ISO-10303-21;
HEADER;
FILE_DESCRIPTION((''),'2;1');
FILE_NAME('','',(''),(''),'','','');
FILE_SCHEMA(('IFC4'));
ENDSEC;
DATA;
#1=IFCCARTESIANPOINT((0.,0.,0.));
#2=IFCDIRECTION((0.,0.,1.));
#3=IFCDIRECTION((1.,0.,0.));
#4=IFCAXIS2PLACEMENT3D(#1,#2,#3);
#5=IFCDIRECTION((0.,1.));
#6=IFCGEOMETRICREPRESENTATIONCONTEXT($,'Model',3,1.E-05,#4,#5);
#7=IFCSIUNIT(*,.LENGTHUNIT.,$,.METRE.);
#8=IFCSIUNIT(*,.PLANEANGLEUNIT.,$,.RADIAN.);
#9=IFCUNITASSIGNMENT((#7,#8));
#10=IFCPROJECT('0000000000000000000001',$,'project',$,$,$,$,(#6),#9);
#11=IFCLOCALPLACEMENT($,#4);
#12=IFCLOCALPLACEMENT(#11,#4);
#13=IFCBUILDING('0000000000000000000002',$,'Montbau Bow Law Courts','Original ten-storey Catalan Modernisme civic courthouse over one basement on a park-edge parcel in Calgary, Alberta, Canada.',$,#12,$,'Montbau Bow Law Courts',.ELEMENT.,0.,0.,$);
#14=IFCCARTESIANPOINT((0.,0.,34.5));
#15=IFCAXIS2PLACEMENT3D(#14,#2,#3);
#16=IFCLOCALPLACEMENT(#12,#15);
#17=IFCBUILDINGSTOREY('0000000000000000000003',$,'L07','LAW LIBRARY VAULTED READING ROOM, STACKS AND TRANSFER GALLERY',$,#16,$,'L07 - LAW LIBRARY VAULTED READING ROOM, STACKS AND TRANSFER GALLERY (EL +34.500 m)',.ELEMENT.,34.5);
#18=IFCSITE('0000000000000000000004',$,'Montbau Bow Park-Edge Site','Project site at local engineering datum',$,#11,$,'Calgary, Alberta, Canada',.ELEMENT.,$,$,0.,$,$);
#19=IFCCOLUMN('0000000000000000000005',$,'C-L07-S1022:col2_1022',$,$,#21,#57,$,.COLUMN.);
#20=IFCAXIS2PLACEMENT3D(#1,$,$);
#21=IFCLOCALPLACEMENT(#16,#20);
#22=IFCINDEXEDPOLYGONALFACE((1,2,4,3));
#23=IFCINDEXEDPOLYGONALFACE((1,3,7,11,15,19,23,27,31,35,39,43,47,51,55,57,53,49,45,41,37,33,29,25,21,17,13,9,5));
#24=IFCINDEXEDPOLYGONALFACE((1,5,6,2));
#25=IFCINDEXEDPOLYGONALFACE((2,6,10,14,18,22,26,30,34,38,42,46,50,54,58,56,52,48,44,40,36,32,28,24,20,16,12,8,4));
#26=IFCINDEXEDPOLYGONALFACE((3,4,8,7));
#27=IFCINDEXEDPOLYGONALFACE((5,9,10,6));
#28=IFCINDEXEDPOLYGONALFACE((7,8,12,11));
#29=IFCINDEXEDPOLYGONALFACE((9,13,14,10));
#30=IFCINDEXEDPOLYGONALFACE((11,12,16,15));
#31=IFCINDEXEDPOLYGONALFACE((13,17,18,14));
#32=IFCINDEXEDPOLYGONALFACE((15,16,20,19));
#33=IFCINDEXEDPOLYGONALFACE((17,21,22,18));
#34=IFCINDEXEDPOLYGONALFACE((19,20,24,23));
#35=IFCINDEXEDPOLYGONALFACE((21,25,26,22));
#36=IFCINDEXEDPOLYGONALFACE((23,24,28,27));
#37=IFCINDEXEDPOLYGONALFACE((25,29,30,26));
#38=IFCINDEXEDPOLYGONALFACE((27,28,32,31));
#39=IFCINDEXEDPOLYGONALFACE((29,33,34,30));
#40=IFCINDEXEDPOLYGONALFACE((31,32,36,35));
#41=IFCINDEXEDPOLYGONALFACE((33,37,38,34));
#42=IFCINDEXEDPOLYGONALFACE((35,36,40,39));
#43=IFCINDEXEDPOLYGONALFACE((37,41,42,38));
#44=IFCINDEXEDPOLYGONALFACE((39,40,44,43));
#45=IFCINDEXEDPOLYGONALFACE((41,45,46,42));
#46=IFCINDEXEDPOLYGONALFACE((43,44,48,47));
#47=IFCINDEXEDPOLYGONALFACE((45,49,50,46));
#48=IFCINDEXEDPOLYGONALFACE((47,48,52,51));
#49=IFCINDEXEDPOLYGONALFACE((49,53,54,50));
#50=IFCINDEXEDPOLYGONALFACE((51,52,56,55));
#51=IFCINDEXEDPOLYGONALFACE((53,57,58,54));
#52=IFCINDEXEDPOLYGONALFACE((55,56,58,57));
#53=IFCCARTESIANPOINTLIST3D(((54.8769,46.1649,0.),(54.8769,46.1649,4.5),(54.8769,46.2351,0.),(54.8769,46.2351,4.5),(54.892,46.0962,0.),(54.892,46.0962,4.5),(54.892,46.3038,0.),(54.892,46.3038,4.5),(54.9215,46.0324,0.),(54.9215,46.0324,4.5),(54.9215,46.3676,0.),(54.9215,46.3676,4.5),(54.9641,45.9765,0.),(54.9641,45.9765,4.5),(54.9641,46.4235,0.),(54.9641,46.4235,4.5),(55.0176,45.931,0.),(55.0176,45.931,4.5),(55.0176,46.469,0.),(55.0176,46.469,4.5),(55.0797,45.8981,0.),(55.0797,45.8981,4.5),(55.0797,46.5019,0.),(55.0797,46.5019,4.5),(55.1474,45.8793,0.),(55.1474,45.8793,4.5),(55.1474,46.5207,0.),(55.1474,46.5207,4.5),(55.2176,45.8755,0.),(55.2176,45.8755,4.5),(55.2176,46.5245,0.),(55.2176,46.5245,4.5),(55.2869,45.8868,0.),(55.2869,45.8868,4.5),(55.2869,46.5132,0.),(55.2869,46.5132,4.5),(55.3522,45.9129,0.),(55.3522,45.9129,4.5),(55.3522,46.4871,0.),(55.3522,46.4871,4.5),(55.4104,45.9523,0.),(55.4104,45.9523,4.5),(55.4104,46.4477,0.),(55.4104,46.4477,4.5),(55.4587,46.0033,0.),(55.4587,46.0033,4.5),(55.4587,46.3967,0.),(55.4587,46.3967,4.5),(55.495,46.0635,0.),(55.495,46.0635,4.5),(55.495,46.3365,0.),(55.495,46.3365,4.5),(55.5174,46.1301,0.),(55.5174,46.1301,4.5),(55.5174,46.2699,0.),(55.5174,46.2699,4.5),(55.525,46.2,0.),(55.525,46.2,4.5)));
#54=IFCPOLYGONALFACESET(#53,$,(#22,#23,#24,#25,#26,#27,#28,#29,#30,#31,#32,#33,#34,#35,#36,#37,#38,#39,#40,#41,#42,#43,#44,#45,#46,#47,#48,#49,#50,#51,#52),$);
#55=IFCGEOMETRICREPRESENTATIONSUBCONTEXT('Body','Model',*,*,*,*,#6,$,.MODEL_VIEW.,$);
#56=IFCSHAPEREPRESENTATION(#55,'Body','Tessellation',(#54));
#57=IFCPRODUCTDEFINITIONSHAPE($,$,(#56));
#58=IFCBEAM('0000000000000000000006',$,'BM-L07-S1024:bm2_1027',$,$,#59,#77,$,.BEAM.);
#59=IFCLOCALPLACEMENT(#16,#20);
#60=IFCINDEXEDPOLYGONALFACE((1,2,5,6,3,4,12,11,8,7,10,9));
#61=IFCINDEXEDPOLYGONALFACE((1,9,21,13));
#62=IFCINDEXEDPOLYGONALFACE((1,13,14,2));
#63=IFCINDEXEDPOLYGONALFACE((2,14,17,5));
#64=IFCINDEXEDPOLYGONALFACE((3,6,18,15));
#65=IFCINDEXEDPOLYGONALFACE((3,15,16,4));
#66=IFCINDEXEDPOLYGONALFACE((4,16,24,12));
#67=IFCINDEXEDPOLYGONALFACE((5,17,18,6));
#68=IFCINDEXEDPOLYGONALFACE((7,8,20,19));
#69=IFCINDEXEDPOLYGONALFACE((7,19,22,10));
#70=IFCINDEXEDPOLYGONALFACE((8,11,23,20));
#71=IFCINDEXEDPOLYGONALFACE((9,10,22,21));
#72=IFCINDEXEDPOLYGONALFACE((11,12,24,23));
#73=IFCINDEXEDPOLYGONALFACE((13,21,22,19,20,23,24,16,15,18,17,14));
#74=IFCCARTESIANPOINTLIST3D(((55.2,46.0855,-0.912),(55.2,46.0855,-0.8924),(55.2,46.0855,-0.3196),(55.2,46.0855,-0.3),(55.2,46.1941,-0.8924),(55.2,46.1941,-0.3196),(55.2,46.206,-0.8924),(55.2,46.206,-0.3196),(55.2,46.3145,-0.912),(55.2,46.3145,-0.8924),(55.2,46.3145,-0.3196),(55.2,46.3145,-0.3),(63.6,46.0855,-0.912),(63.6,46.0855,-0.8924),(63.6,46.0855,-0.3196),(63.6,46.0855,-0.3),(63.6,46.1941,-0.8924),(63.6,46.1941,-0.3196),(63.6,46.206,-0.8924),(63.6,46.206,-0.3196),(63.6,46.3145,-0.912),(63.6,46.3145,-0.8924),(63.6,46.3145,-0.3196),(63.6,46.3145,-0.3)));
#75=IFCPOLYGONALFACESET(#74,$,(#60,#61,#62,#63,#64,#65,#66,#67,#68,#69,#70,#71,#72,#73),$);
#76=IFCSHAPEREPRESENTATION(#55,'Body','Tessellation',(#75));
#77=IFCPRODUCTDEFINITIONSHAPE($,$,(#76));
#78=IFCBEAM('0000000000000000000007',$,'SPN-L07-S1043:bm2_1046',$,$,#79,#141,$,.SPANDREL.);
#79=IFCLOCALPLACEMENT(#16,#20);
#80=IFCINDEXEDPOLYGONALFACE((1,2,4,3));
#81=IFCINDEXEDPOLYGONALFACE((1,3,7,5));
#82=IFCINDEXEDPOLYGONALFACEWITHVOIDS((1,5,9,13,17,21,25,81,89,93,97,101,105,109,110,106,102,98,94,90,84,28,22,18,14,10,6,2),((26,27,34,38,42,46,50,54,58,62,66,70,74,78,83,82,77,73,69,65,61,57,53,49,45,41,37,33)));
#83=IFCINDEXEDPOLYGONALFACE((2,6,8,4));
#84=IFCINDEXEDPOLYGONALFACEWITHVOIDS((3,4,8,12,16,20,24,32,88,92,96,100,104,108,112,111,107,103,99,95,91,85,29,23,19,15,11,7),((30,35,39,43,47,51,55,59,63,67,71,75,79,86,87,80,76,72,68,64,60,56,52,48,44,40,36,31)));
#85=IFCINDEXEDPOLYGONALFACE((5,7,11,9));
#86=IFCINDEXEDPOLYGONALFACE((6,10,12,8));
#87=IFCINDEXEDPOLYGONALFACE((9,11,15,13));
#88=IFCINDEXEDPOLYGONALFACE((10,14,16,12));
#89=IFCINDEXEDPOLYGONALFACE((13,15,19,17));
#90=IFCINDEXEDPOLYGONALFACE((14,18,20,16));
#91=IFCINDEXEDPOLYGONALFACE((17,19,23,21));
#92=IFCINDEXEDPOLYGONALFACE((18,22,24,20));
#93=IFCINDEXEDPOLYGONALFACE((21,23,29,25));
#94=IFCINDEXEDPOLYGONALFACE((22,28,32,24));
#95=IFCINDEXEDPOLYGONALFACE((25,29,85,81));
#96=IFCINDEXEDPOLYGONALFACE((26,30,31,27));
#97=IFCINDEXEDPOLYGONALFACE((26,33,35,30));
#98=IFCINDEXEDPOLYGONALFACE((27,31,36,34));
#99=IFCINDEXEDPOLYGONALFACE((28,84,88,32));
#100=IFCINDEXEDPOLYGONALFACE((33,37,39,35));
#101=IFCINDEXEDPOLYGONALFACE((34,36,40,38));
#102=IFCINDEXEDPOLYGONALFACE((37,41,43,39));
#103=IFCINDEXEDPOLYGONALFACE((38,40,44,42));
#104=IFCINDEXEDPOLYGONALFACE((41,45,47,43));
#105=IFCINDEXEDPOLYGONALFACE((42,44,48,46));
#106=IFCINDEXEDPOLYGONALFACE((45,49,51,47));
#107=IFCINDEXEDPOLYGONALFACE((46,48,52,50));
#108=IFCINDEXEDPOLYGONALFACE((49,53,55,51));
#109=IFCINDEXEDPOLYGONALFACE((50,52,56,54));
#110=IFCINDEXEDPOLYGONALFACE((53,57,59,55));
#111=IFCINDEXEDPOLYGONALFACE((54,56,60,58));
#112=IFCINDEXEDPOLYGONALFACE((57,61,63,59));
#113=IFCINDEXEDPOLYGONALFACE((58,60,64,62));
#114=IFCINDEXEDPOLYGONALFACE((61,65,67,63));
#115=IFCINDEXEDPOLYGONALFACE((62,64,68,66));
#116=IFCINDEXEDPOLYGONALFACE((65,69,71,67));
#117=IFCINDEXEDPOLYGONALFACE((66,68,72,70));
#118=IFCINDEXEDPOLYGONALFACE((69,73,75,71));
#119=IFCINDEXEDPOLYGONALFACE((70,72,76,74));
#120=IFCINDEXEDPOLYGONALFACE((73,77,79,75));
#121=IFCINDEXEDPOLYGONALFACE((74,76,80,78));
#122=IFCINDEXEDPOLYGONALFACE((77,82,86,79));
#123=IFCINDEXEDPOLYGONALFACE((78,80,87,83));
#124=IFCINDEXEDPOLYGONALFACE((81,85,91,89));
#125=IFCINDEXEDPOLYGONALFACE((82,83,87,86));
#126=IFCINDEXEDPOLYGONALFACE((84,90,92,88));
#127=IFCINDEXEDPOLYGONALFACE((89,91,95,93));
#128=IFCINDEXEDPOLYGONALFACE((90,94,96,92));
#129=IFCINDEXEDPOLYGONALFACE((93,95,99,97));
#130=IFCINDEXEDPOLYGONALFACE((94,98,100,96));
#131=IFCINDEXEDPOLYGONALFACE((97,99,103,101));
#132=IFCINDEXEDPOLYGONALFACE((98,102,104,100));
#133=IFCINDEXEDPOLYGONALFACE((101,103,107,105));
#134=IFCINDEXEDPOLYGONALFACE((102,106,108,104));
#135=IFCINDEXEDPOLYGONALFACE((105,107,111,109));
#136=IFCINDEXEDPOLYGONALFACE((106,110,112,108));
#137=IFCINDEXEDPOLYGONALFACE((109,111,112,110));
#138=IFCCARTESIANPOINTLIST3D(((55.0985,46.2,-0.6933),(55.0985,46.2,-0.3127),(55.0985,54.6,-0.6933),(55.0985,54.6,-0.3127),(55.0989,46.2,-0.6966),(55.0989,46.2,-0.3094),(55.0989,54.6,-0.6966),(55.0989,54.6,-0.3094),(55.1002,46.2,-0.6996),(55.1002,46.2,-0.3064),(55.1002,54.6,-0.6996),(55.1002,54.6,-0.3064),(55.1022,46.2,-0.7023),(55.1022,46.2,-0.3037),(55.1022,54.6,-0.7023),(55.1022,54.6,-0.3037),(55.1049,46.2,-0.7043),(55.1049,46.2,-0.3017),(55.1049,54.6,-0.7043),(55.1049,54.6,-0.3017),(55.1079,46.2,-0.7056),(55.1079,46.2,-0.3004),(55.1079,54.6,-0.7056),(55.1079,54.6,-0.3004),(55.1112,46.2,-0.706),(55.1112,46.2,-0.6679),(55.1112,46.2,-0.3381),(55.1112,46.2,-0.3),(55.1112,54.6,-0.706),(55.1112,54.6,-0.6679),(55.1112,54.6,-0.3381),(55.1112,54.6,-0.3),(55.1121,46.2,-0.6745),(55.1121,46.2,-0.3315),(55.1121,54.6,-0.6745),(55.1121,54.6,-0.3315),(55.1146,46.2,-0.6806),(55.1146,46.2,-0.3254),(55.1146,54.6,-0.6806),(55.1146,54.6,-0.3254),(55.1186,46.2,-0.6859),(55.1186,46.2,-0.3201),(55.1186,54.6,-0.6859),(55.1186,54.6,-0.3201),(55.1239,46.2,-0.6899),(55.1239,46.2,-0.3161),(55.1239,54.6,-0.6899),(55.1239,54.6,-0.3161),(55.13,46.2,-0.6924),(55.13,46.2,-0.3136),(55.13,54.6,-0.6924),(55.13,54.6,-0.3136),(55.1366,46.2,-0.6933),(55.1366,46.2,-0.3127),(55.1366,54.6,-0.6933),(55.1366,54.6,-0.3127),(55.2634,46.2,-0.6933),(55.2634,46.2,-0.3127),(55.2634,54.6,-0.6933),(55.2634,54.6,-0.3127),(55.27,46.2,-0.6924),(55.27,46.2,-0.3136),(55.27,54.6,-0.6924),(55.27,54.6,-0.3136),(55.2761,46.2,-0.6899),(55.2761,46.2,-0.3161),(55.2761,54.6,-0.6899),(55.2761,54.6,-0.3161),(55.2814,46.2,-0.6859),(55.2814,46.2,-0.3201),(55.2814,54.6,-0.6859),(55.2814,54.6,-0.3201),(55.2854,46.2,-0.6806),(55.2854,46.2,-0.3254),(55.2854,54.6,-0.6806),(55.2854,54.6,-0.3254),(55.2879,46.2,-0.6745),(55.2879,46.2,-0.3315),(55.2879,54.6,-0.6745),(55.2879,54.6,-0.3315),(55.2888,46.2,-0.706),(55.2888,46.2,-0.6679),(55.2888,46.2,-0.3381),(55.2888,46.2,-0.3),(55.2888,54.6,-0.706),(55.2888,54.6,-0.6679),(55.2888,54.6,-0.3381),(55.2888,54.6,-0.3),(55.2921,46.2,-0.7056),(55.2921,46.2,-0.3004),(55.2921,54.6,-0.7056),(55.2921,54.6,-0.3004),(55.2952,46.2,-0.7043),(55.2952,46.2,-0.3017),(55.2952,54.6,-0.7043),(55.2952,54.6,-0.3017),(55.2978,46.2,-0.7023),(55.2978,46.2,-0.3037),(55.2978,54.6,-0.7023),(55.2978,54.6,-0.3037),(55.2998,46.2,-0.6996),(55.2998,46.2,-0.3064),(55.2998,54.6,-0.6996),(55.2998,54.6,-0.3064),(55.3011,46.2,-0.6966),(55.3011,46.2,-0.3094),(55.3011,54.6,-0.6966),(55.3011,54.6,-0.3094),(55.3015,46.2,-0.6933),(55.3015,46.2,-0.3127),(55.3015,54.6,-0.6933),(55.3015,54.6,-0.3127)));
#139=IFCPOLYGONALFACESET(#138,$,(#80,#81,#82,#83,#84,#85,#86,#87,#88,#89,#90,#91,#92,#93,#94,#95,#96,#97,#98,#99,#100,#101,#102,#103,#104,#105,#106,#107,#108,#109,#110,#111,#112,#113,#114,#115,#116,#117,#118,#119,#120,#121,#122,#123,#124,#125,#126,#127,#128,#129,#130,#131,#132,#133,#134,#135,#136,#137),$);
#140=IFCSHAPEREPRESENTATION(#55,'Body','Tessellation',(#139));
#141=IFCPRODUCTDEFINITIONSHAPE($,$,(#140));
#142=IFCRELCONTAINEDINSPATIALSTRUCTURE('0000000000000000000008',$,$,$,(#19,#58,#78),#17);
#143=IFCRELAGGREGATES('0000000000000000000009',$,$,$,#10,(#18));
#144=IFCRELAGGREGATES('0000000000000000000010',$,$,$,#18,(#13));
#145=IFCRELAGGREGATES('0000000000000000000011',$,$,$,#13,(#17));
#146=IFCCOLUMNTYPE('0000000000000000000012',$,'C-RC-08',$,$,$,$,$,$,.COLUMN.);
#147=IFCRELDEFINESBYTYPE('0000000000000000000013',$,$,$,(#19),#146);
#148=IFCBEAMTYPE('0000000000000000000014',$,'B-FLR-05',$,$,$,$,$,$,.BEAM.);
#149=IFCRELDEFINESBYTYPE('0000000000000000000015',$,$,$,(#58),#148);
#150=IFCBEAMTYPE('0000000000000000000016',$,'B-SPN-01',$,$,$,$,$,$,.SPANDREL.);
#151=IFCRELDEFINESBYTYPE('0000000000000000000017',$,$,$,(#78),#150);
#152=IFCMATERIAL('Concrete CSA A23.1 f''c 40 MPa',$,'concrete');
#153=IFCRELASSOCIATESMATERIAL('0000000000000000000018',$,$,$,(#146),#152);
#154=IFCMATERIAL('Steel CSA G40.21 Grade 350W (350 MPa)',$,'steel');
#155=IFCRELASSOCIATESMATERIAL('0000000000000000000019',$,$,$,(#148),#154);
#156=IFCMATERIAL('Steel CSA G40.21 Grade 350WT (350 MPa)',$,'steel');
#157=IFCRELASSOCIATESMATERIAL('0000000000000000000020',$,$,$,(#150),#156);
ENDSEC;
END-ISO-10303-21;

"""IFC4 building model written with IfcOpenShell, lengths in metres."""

from ifc_helpers import new_model, si_unit, direction, frame, origin_with_axes, origin_2d_with_axis, place, context, subcontext, project, spatial, hollow_rectangle, circle, i_section, extrude, material, material_profile, profile_set, type_object, element, save


model = new_model("IFC4")

# Units and contexts
model_context = context("Model", 3, precision=1e-05, world=origin_with_axes(), true_north=direction((0.0, 1.0)))
body_context = subcontext(model_context, "Body", "Model", "MODEL_VIEW")
ifc_project = project(units=[si_unit("LENGTHUNIT", "METRE"), si_unit("PLANEANGLEUNIT", "RADIAN")], contexts=[model_context])

# Site, building, storey
site_placement = place(None, origin_with_axes())
site = spatial("IfcSite", under=ifc_project, at=site_placement, Name="Montbau Bow Park-Edge Site", Description="Project site at local engineering datum", LongName="Calgary, Alberta, Canada", CompositionType="ELEMENT", RefElevation=0.0)
building_placement = place(site_placement, origin_with_axes())
building = spatial("IfcBuilding", under=site, at=building_placement, Name="Montbau Bow Law Courts", Description="Original ten-storey Catalan Modernisme civic courthouse over one basement on a park-edge parcel in Calgary, Alberta, Canada.", LongName="Montbau Bow Law Courts", CompositionType="ELEMENT", ElevationOfRefHeight=0.0, ElevationOfTerrain=0.0)
storey_placement = place(building_placement, frame((0.0, 0.0, 34.5), z_axis=(0.0, 0.0, 1.0), x_axis=(1.0, 0.0, 0.0)))
storey = spatial("IfcBuildingStorey", under=building, at=storey_placement, Name="L07", Description="LAW LIBRARY VAULTED READING ROOM, STACKS AND TRANSFER GALLERY", LongName="L07 - LAW LIBRARY VAULTED READING ROOM, STACKS AND TRANSFER GALLERY (EL +34.500 m)", CompositionType="ELEMENT", Elevation=34.5)

# Column
ifc_material_1 = material(Name="Concrete CSA A23.1 f'c 40 MPa", Category="concrete")
ifc_material_profile_1 = material_profile(ifc_material_1, circle(Radius=0.325, at=origin_2d_with_axis()), Name="RC650D", Category="Main", Priority=0)
ifc_profile_set_1 = profile_set([ifc_material_profile_1], Name="Concrete CSA A23.1 f'c 40 MPa")
column_type = type_object("IfcColumnType", Name="C-RC-08", PredefinedType="COLUMN", material=ifc_profile_set_1)
column_placement = place(None, frame((55.2, 46.2, 34.5), z_axis=(0.0, 0.0, 1.0), x_axis=(1.0, 0.0, 0.0)))
element("IfcColumn", 1, at=column_placement, inside=storey, type_object=column_type, Name="C-L07-S1022:col2_1022", PredefinedType="COLUMN", context=body_context, shape_type="SweptSolid", body=[
    extrude(circle(Radius=0.325, at=origin_2d_with_axis()), origin_with_axes(), (0.0, 0.0, 1.0), 4.5),
])

# Beams
ifc_material_2 = material(Name="Steel CSA G40.21 Grade 350W (350 MPa)", Category="steel")
ifc_material_profile_2 = material_profile(ifc_material_2, i_section(OverallWidth=0.229, OverallDepth=0.612, WebThickness=0.0119, FlangeThickness=0.0196, at=origin_2d_with_axis()), Name="W610X125", Category="Main", Priority=0)
ifc_profile_set_2 = profile_set([ifc_material_profile_2], Name="Steel CSA G40.21 Grade 350W (350 MPa)")
beam_type_1 = type_object("IfcBeamType", Name="B-FLR-05", PredefinedType="BEAM", material=ifc_profile_set_2)
beam_1_placement = place(None, frame((55.2, 46.2, 33.894), z_axis=(1.0, 0.0, 0.0), x_axis=(0.0, 1.0, 0.0)))
element("IfcBeam", 2, at=beam_1_placement, inside=storey, type_object=beam_type_1, Name="BM-L07-S1024:bm2_1027", PredefinedType="BEAM", context=body_context, shape_type="SweptSolid", body=[
    extrude(i_section(OverallWidth=0.229, OverallDepth=0.612, WebThickness=0.0119, FlangeThickness=0.0196, at=origin_2d_with_axis()), origin_with_axes(), (0.0, 0.0, 1.0), 8.4),
])
ifc_material_3 = material(Name="Steel CSA G40.21 Grade 350WT (350 MPa)", Category="steel")
ifc_material_profile_3 = material_profile(ifc_material_3, hollow_rectangle(XDim=0.203, YDim=0.406, WallThickness=0.0127, InnerFilletRadius=0.0254, OuterFilletRadius=0.0127, at=origin_2d_with_axis()), Name="HSS406X203X13", Category="Main", Priority=0)
ifc_profile_set_3 = profile_set([ifc_material_profile_3], Name="Steel CSA G40.21 Grade 350WT (350 MPa)")
beam_type_2 = type_object("IfcBeamType", Name="B-SPN-01", PredefinedType="SPANDREL", material=ifc_profile_set_3)
beam_2_placement = place(None, frame((55.2, 46.2, 33.997), z_axis=(0.0, 1.0, 0.0), x_axis=(-1.0, 0.0, 0.0)))
element("IfcBeam", 3, at=beam_2_placement, inside=storey, type_object=beam_type_2, Name="SPN-L07-S1043:bm2_1046", PredefinedType="SPANDREL", context=body_context, shape_type="SweptSolid", body=[
    extrude(hollow_rectangle(XDim=0.203, YDim=0.406, WallThickness=0.0127, InnerFilletRadius=0.0254, OuterFilletRadius=0.0127, at=origin_2d_with_axis()), origin_with_axes(), (0.0, 0.0, 1.0), 8.4),
])

save(model, "model.ifc")
